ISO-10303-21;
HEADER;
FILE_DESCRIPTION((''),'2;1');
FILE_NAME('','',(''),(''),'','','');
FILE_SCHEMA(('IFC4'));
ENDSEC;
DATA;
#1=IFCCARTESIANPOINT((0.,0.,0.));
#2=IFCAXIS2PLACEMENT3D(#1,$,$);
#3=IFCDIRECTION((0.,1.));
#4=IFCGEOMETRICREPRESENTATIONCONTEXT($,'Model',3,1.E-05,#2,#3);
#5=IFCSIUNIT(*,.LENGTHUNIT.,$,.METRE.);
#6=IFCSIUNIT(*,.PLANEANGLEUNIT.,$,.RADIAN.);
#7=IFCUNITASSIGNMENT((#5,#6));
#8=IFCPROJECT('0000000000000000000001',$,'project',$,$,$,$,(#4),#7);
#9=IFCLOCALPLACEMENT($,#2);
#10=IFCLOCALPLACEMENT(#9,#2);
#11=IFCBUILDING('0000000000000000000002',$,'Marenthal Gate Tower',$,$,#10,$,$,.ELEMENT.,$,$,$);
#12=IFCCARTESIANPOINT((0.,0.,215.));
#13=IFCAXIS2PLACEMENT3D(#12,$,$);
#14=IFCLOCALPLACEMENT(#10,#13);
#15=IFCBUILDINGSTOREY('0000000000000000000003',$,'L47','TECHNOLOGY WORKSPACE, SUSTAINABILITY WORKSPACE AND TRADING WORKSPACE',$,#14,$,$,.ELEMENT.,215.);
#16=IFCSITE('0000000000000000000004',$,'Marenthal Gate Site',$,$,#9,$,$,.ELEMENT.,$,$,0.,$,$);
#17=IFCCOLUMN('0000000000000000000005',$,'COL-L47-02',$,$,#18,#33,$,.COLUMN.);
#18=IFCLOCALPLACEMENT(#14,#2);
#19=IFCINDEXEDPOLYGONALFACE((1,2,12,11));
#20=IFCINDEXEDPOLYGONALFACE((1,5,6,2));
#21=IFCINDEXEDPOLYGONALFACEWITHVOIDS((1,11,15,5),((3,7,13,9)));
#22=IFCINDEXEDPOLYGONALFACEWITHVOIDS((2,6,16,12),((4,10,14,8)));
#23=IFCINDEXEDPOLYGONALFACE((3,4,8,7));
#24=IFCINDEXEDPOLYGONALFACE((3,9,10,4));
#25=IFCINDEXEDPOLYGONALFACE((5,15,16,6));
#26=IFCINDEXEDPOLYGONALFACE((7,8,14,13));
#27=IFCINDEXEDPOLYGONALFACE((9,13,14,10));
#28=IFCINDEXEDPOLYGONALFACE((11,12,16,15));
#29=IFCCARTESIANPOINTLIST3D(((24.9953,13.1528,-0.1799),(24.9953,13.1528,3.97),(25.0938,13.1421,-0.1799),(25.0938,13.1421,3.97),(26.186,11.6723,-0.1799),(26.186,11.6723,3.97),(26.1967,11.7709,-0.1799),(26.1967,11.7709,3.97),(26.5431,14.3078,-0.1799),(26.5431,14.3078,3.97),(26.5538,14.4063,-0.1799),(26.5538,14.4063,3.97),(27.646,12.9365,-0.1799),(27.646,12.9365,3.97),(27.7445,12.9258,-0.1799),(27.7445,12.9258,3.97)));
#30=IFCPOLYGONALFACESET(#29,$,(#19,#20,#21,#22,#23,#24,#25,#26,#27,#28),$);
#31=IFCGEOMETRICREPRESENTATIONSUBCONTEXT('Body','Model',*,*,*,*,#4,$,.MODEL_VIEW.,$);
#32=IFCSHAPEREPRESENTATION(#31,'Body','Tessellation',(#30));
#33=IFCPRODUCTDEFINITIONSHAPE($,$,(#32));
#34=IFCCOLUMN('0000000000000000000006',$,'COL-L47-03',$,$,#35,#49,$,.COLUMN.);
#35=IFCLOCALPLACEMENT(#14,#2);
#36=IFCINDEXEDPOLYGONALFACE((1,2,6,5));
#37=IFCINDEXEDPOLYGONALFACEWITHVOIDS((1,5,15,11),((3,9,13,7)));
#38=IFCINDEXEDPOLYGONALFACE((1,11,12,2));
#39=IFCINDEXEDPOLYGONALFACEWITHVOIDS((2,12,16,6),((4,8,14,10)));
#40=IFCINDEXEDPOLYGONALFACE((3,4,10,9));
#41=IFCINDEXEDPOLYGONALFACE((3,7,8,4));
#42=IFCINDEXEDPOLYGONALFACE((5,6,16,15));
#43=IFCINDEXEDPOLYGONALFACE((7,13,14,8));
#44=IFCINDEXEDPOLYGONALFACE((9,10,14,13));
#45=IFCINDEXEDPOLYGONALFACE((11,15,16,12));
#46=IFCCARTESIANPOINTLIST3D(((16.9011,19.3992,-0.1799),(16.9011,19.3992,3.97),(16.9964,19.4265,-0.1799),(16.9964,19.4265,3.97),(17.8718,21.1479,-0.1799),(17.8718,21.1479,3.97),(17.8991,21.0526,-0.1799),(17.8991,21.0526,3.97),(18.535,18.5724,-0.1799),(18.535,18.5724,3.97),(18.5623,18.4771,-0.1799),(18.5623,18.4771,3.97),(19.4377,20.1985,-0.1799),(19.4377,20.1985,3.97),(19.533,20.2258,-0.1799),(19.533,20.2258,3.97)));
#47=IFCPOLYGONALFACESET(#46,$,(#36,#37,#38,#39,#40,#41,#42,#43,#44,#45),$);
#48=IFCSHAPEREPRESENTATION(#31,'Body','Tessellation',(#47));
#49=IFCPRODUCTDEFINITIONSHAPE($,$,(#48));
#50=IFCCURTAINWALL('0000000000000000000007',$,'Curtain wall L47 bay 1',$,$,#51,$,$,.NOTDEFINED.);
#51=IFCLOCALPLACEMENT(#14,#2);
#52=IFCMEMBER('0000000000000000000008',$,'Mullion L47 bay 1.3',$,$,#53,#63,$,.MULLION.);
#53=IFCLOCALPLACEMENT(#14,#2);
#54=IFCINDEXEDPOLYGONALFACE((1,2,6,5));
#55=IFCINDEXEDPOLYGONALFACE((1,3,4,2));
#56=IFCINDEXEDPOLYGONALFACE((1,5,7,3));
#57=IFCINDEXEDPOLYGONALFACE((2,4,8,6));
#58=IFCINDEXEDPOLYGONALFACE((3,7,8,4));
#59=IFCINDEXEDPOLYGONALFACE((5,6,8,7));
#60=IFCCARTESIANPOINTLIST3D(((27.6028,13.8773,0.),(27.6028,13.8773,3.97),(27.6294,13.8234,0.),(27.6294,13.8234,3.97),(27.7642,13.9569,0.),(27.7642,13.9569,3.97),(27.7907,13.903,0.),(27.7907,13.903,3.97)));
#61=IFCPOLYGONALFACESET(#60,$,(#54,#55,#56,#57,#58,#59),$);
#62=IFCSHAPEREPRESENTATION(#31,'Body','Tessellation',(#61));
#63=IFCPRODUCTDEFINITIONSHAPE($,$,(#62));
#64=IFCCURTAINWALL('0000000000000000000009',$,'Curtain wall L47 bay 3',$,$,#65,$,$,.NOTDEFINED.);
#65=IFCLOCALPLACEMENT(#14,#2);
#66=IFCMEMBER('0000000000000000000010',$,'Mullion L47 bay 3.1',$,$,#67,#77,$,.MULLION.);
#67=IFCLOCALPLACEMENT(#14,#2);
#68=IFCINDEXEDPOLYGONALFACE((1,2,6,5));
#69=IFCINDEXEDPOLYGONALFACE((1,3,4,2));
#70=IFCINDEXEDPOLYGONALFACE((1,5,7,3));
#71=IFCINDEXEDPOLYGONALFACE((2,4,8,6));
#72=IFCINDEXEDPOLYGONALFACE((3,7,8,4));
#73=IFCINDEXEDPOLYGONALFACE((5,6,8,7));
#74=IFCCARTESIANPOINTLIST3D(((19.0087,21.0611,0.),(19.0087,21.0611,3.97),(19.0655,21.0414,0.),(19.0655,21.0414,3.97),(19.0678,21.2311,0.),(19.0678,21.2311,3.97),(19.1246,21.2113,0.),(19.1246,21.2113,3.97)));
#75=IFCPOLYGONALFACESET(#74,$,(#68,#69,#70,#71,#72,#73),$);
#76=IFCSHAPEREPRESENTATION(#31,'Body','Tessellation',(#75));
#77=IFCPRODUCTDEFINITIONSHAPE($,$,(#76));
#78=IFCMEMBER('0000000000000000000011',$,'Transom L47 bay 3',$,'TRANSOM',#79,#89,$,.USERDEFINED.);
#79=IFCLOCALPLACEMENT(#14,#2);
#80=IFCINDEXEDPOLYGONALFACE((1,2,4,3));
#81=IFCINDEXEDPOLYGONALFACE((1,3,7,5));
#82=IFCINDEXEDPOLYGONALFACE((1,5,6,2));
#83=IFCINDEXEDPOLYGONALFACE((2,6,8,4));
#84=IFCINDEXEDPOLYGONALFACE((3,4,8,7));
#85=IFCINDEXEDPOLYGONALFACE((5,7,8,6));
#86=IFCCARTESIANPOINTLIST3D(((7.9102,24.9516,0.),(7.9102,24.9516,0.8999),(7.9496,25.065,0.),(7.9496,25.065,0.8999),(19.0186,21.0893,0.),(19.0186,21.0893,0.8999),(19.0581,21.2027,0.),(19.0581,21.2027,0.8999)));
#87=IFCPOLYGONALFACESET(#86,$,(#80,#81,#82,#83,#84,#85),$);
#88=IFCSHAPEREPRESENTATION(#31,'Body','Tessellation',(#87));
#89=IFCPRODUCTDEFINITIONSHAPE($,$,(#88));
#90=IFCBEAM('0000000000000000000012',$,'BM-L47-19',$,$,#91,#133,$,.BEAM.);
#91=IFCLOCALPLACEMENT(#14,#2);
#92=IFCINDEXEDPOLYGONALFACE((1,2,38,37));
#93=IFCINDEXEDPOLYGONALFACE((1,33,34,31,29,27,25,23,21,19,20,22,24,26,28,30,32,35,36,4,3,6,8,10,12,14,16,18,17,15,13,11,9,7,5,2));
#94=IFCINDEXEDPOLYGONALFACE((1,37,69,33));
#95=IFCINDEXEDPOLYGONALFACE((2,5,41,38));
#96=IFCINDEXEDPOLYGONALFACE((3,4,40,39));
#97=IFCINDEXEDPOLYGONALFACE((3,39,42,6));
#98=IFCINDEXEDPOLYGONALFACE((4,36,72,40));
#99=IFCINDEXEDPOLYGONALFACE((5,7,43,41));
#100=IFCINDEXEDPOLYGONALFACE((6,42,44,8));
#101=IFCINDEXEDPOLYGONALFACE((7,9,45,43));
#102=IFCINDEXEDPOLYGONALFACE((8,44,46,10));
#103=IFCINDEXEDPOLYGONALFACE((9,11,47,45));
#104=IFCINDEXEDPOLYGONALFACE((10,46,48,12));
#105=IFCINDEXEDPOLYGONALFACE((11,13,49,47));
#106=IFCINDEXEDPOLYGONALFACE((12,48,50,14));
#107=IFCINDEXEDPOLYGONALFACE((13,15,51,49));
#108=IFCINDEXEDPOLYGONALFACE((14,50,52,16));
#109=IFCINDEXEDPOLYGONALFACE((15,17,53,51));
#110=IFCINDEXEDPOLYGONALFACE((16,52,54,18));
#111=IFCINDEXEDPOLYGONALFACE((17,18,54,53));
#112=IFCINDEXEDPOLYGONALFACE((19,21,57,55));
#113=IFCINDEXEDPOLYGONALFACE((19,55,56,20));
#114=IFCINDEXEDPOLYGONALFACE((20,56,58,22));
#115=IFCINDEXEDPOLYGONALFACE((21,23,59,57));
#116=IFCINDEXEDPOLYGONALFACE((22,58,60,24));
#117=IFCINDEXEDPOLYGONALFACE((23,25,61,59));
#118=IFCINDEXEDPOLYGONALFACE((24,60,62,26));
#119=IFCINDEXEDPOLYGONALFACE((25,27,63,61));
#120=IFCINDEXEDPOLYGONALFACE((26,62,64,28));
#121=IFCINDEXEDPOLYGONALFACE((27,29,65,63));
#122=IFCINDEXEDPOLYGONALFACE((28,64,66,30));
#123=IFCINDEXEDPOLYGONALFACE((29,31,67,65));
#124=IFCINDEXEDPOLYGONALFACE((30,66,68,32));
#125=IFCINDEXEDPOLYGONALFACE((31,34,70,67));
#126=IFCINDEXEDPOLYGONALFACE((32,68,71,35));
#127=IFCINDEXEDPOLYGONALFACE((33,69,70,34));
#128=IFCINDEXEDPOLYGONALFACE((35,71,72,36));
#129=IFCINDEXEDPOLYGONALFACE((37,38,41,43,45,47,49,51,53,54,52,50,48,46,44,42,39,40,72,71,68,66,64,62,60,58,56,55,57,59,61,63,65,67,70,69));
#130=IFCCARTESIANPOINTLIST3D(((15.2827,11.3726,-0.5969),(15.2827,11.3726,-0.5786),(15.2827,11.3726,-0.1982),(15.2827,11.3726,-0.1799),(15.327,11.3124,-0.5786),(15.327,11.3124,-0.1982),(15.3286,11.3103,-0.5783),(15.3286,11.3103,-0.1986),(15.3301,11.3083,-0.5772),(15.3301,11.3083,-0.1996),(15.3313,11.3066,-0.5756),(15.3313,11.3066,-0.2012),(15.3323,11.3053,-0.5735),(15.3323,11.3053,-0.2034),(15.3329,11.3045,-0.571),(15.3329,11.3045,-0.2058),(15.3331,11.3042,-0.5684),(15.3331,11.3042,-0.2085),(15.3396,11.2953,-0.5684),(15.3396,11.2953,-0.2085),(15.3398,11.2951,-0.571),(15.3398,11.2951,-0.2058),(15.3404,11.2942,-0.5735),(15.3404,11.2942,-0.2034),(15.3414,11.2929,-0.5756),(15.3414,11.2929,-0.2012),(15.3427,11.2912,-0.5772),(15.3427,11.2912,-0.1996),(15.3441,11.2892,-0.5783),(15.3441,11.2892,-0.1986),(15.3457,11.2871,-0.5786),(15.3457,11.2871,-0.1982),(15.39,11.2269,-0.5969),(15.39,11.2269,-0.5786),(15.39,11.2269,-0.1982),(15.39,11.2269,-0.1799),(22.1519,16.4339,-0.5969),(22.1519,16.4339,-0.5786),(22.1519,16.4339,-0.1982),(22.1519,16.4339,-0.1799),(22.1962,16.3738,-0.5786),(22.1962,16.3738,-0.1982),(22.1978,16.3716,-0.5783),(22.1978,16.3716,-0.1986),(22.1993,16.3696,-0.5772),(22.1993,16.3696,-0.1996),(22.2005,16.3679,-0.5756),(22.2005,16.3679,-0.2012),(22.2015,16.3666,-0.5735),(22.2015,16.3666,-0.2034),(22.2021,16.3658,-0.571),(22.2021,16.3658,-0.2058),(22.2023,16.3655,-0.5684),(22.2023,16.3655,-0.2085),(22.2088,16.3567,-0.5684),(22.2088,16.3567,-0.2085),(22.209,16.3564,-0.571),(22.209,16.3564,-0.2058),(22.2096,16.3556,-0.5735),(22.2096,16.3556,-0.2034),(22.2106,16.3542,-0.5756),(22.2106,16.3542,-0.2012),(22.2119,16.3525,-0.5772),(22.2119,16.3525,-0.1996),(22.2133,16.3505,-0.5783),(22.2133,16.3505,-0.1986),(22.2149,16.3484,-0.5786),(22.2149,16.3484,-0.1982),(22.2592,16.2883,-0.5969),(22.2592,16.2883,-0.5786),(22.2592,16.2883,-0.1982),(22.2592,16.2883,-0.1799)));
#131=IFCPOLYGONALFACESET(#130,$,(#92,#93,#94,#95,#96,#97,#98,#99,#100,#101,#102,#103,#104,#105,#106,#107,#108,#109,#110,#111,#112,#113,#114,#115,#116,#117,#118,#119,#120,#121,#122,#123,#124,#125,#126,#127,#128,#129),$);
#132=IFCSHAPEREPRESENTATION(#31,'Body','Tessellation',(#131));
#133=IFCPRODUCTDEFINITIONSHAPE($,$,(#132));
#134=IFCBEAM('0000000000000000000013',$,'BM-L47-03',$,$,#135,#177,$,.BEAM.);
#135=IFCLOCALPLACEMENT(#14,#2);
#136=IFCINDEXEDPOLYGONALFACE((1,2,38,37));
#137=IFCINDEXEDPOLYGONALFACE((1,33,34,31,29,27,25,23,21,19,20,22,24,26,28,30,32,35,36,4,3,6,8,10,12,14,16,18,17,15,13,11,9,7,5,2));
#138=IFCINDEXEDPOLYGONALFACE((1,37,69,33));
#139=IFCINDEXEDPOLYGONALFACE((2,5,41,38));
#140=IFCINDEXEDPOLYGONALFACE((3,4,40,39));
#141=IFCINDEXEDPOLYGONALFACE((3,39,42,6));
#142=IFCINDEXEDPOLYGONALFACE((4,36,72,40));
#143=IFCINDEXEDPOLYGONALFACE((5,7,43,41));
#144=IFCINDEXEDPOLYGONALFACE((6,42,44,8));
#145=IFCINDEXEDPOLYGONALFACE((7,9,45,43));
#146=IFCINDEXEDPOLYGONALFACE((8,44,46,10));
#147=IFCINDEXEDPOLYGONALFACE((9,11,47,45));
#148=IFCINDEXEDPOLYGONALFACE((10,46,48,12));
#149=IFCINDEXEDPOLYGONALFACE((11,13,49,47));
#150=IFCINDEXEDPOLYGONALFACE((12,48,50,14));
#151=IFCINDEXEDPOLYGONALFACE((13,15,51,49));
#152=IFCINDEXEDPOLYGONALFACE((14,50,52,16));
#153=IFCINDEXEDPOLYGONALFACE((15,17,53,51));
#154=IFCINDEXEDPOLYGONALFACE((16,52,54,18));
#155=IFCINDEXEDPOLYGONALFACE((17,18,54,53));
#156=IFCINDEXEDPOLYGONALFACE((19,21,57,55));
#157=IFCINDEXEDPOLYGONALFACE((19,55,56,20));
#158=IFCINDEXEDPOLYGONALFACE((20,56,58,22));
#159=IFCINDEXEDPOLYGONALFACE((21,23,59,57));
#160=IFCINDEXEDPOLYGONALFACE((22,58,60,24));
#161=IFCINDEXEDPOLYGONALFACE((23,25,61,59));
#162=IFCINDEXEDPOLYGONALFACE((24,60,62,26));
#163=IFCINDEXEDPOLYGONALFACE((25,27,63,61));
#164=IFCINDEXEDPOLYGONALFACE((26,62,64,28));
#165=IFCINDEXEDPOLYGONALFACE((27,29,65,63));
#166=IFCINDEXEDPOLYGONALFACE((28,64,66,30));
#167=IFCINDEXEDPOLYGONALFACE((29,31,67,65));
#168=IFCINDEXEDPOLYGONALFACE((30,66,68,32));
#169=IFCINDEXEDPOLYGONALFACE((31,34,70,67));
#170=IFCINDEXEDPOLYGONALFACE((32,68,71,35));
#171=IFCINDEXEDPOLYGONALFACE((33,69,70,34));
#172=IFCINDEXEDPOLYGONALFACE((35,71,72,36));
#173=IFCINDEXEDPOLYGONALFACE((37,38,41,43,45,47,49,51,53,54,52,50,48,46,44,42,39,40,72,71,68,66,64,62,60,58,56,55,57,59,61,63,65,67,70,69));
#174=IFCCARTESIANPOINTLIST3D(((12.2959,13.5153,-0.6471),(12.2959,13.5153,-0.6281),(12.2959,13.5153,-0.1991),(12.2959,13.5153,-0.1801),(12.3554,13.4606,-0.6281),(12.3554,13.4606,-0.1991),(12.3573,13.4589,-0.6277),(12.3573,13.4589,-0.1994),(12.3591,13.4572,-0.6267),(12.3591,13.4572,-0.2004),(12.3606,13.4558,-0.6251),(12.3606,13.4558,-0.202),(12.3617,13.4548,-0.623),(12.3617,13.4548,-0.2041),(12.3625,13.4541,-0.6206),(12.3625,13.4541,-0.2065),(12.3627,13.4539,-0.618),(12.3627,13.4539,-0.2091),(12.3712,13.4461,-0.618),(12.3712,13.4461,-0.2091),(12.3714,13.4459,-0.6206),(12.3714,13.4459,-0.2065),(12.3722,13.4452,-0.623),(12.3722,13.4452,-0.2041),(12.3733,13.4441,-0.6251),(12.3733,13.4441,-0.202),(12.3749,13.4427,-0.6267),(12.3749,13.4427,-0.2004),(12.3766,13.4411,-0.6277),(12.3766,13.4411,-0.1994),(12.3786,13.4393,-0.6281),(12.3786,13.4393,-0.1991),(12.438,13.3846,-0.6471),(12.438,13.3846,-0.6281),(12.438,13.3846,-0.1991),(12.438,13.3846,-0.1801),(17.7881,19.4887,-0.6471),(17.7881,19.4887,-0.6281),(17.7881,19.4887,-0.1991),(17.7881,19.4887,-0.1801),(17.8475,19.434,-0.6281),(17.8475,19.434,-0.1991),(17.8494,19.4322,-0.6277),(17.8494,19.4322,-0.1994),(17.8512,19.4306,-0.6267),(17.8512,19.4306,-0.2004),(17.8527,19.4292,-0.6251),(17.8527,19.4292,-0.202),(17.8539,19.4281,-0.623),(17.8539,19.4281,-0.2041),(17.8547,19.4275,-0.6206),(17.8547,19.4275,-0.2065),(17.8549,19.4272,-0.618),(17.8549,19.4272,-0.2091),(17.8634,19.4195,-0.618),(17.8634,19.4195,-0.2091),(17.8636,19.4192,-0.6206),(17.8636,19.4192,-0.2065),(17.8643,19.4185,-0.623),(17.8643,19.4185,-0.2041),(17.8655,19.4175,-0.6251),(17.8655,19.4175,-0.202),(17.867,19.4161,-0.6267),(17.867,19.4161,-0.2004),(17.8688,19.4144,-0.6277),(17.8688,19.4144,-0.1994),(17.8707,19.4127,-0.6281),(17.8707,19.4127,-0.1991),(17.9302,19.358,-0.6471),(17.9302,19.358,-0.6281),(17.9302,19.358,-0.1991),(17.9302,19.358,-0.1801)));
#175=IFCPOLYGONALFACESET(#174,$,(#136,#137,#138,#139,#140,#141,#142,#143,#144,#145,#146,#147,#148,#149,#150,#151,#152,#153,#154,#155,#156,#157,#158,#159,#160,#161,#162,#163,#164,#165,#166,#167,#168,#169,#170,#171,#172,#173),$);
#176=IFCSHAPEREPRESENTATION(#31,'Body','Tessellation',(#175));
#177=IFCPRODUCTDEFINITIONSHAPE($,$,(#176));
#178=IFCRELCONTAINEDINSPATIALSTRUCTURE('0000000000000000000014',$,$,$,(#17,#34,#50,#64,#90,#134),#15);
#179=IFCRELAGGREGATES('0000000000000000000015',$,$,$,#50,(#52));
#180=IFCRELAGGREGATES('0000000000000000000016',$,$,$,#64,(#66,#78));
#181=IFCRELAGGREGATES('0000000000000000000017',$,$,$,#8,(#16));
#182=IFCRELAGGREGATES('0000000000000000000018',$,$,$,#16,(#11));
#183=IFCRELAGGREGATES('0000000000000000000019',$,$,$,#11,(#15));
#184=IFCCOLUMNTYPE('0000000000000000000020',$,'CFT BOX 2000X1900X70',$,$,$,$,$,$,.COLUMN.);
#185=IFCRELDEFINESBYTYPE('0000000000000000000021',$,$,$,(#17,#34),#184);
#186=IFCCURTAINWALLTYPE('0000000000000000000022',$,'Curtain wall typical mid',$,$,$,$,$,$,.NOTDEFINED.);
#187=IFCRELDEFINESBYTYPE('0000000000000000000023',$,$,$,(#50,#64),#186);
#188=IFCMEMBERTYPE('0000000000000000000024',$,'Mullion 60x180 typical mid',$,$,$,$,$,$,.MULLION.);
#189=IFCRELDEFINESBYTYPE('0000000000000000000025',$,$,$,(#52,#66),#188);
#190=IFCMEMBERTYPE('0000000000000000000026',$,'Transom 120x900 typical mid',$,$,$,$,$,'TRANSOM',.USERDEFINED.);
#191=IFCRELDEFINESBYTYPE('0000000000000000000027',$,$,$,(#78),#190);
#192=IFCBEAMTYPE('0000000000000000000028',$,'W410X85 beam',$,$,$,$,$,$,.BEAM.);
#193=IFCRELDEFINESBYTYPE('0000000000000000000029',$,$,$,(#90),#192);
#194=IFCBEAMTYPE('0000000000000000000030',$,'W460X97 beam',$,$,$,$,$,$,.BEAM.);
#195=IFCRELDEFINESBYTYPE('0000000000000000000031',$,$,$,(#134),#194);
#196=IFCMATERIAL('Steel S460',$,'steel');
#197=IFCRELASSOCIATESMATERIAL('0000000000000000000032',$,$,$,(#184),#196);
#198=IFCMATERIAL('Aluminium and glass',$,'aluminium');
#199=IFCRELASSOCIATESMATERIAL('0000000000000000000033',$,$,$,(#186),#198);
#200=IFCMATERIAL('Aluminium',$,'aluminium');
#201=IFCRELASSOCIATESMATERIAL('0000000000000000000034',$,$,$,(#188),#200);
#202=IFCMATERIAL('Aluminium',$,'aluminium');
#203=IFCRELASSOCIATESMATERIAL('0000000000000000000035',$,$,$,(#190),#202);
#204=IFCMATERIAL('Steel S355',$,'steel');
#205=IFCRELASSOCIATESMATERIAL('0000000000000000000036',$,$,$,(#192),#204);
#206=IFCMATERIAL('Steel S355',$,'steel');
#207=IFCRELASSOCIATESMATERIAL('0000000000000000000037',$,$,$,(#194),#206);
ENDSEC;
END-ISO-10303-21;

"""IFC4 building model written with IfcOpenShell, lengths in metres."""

from ifc_helpers import new_model, si_unit, direction, frame, origin, origin_2d, place, context, subcontext, project, spatial, rectangle, hollow_rectangle, i_section, extrude, material, material_profile, profile_set, type_object, element, aggregate, save


model = new_model("IFC4")

# Units and contexts
model_context = context("Model", 3, precision=1e-05, world=origin(), true_north=direction((0.0, 1.0)))
body_context = subcontext(model_context, "Body", "Model", "MODEL_VIEW")
ifc_project = project(units=[si_unit("LENGTHUNIT", "METRE"), si_unit("PLANEANGLEUNIT", "RADIAN")], contexts=[model_context])

# Site, building, storey
site_placement = place(None, origin())
site = spatial("IfcSite", under=ifc_project, at=site_placement, Name="Marenthal Gate Site", CompositionType="ELEMENT", RefElevation=0.0)
building_placement = place(site_placement, origin())
building = spatial("IfcBuilding", under=site, at=building_placement, Name="Marenthal Gate Tower", CompositionType="ELEMENT")
storey_placement = place(building_placement, frame((0.0, 0.0, 215.0)))
storey = spatial("IfcBuildingStorey", under=building, at=storey_placement, Name="L47", Description="TECHNOLOGY WORKSPACE, SUSTAINABILITY WORKSPACE AND TRADING WORKSPACE", CompositionType="ELEMENT", Elevation=215.0)

# Columns
ifc_material_1 = material(Name="Steel S460", Category="steel")
ifc_material_profile_1 = material_profile(ifc_material_1, hollow_rectangle(XDim=1.8999, YDim=2.0, WallThickness=0.0701, at=origin_2d()), Name="CFT BOX 2000X1900X70")
ifc_material_2 = material(Name="Concrete 70 MPa", Category="concrete")
ifc_material_profile_2 = material_profile(ifc_material_2, rectangle(XDim=1.76, YDim=1.8601, at=origin_2d()), Name="CFT BOX 2000X1900X70 INFILL")
ifc_profile_set_1 = profile_set([ifc_material_profile_1, ifc_material_profile_2], Name="Steel S460 shell, Concrete 70 MPa infill")
column_type = type_object("IfcColumnType", Name="CFT BOX 2000X1900X70", PredefinedType="COLUMN", material=ifc_profile_set_1)
for number, where, z_axis, x_axis, name in (
    (1, (26.3699, 13.0393, -0.1799), (0.0, 0.0, 1.0), (0.626719, -0.779245, 0.0), "COL-L47-02"),
    (2, (18.217, 19.8125, -0.1799), (0.0, 0.0, 1.0), (0.874319, -0.485351, 0.0), "COL-L47-03"),
):
    element("IfcColumn", number, at=place(storey_placement, frame(where, z_axis=z_axis, x_axis=x_axis)), inside=storey, type_object=column_type, Name=name, PredefinedType="COLUMN", context=body_context, shape_type="SweptSolid", body=[
        extrude(hollow_rectangle(XDim=1.8999, YDim=2.0, WallThickness=0.0701, at=origin_2d()), origin(), (0.0, 0.0, 1.0), 4.1499),
    ])

# Curtain wall, member
ifc_material_3 = material(Name="Aluminium and glass", Category="aluminium")
curtain_wall_type = type_object("IfcCurtainWallType", Name="Curtain wall typical mid", PredefinedType="NOTDEFINED", material=ifc_material_3)
curtain_wall_1_placement = place(storey_placement, origin())
curtain_wall_1 = element("IfcCurtainWall", 3, at=curtain_wall_1_placement, inside=storey, type_object=curtain_wall_type, Name="Curtain wall L47 bay 1", PredefinedType="NOTDEFINED")
ifc_material_4 = material(Name="Aluminium", Category="aluminium")
ifc_material_profile_3 = material_profile(ifc_material_4, rectangle(XDim=0.1799, YDim=0.0601, at=origin_2d()), Name="60x180 aluminium mullion")
ifc_profile_set_2 = profile_set([ifc_material_profile_3], Name="Aluminium")
member_type_1 = type_object("IfcMemberType", Name="Mullion 60x180 typical mid", PredefinedType="MULLION", material=ifc_profile_set_2)
member_1_placement = place(storey_placement, frame((27.6968, 13.8901, 0.0), z_axis=(0.0, 0.0, 1.0), x_axis=(-0.896757, -0.442523, 0.0)))
member_1 = element("IfcMember", 4, at=member_1_placement, type_object=member_type_1, Name="Mullion L47 bay 1.3", PredefinedType="MULLION", context=body_context, shape_type="SweptSolid", body=[
    extrude(rectangle(XDim=0.1799, YDim=0.0601, at=origin_2d()), origin(), (0.0, 0.0, 1.0), 3.97),
])
aggregate(curtain_wall_1, [member_1])

# Curtain wall, members
curtain_wall_2_placement = place(storey_placement, origin())
curtain_wall_2 = element("IfcCurtainWall", 5, at=curtain_wall_2_placement, inside=storey, type_object=curtain_wall_type, Name="Curtain wall L47 bay 3", PredefinedType="NOTDEFINED")
member_2_placement = place(storey_placement, frame((19.0667, 21.1362, 0.0), z_axis=(0.0, 0.0, 1.0), x_axis=(-0.3284, -0.944539, 0.0)))
member_2 = element("IfcMember", 6, at=member_2_placement, type_object=member_type_1, Name="Mullion L47 bay 3.1", PredefinedType="MULLION", context=body_context, shape_type="SweptSolid", body=[
    extrude(rectangle(XDim=0.1799, YDim=0.0601, at=origin_2d()), origin(), (0.0, 0.0, 1.0), 3.97),
])
ifc_material_5 = material(Name="Aluminium", Category="aluminium")
ifc_material_profile_4 = material_profile(ifc_material_5, rectangle(XDim=0.1201, YDim=0.8999, at=origin_2d()), Name="120x900 aluminium transom")
ifc_profile_set_3 = profile_set([ifc_material_profile_4], Name="Aluminium")
member_type_2 = type_object("IfcMemberType", Name="Transom 120x900 typical mid", ElementType="TRANSOM", PredefinedType="USERDEFINED", material=ifc_profile_set_3)
member_3_placement = place(storey_placement, frame((19.0383, 21.146, 0.45), z_axis=(-0.944536, 0.328408, 0.0), x_axis=(-0.328408, -0.944536, 0.0)))
member_3 = element("IfcMember", 7, at=member_3_placement, type_object=member_type_2, Name="Transom L47 bay 3", ObjectType="TRANSOM", PredefinedType="USERDEFINED", context=body_context, shape_type="SweptSolid", body=[
    extrude(rectangle(XDim=0.1201, YDim=0.8999, at=origin_2d()), origin(), (0.0, 0.0, 1.0), 11.7607),
])

# Beams
ifc_material_6 = material(Name="Steel S355", Category="steel")
ifc_material_profile_5 = material_profile(ifc_material_6, i_section(OverallWidth=0.1809, OverallDepth=0.417, WebThickness=0.011, FlangeThickness=0.0183, FilletRadius=0.0103, at=origin_2d()), Name="W410X85")
ifc_profile_set_4 = profile_set([ifc_material_profile_5], Name="Steel S355")
beam_type_1 = type_object("IfcBeamType", Name="W410X85 beam", PredefinedType="BEAM", material=ifc_profile_set_4)
beam_1_placement = place(storey_placement, frame((22.2056, 16.3611, -0.3884), z_axis=(-0.805067, -0.593184, 0.0), x_axis=(0.593184, -0.805067, 0.0)))
element("IfcBeam", 8, at=beam_1_placement, inside=storey, type_object=beam_type_1, Name="BM-L47-19", PredefinedType="BEAM", context=body_context, shape_type="SweptSolid", body=[
    extrude(i_section(OverallWidth=0.1809, OverallDepth=0.417, WebThickness=0.011, FlangeThickness=0.0183, FilletRadius=0.0103, at=origin_2d()), origin(), (0.0, 0.0, 1.0), 8.5325),
])
ifc_material_7 = material(Name="Steel S355", Category="steel")
ifc_material_profile_6 = material_profile(ifc_material_7, i_section(OverallWidth=0.1931, OverallDepth=0.467, WebThickness=0.0115, FlangeThickness=0.019, FilletRadius=0.01, at=origin_2d()), Name="W460X97")
ifc_profile_set_5 = profile_set([ifc_material_profile_6], Name="Steel S355")
beam_type_2 = type_object("IfcBeamType", Name="W460X97 beam", PredefinedType="BEAM", material=ifc_profile_set_5)
beam_2_placement = place(storey_placement, frame((17.8591, 19.4233, -0.4136), z_axis=(-0.676834, -0.736135, 0.0), x_axis=(0.736135, -0.676834, 0.0)))
element("IfcBeam", 9, at=beam_2_placement, inside=storey, type_object=beam_type_2, Name="BM-L47-03", PredefinedType="BEAM", context=body_context, shape_type="SweptSolid", body=[
    extrude(i_section(OverallWidth=0.1931, OverallDepth=0.467, WebThickness=0.0115, FlangeThickness=0.019, FilletRadius=0.01, at=origin_2d()), origin(), (0.0, 0.0, 1.0), 8.1145),
])

aggregate(curtain_wall_2, [member_2, member_3])

save(model, "model.ifc")
